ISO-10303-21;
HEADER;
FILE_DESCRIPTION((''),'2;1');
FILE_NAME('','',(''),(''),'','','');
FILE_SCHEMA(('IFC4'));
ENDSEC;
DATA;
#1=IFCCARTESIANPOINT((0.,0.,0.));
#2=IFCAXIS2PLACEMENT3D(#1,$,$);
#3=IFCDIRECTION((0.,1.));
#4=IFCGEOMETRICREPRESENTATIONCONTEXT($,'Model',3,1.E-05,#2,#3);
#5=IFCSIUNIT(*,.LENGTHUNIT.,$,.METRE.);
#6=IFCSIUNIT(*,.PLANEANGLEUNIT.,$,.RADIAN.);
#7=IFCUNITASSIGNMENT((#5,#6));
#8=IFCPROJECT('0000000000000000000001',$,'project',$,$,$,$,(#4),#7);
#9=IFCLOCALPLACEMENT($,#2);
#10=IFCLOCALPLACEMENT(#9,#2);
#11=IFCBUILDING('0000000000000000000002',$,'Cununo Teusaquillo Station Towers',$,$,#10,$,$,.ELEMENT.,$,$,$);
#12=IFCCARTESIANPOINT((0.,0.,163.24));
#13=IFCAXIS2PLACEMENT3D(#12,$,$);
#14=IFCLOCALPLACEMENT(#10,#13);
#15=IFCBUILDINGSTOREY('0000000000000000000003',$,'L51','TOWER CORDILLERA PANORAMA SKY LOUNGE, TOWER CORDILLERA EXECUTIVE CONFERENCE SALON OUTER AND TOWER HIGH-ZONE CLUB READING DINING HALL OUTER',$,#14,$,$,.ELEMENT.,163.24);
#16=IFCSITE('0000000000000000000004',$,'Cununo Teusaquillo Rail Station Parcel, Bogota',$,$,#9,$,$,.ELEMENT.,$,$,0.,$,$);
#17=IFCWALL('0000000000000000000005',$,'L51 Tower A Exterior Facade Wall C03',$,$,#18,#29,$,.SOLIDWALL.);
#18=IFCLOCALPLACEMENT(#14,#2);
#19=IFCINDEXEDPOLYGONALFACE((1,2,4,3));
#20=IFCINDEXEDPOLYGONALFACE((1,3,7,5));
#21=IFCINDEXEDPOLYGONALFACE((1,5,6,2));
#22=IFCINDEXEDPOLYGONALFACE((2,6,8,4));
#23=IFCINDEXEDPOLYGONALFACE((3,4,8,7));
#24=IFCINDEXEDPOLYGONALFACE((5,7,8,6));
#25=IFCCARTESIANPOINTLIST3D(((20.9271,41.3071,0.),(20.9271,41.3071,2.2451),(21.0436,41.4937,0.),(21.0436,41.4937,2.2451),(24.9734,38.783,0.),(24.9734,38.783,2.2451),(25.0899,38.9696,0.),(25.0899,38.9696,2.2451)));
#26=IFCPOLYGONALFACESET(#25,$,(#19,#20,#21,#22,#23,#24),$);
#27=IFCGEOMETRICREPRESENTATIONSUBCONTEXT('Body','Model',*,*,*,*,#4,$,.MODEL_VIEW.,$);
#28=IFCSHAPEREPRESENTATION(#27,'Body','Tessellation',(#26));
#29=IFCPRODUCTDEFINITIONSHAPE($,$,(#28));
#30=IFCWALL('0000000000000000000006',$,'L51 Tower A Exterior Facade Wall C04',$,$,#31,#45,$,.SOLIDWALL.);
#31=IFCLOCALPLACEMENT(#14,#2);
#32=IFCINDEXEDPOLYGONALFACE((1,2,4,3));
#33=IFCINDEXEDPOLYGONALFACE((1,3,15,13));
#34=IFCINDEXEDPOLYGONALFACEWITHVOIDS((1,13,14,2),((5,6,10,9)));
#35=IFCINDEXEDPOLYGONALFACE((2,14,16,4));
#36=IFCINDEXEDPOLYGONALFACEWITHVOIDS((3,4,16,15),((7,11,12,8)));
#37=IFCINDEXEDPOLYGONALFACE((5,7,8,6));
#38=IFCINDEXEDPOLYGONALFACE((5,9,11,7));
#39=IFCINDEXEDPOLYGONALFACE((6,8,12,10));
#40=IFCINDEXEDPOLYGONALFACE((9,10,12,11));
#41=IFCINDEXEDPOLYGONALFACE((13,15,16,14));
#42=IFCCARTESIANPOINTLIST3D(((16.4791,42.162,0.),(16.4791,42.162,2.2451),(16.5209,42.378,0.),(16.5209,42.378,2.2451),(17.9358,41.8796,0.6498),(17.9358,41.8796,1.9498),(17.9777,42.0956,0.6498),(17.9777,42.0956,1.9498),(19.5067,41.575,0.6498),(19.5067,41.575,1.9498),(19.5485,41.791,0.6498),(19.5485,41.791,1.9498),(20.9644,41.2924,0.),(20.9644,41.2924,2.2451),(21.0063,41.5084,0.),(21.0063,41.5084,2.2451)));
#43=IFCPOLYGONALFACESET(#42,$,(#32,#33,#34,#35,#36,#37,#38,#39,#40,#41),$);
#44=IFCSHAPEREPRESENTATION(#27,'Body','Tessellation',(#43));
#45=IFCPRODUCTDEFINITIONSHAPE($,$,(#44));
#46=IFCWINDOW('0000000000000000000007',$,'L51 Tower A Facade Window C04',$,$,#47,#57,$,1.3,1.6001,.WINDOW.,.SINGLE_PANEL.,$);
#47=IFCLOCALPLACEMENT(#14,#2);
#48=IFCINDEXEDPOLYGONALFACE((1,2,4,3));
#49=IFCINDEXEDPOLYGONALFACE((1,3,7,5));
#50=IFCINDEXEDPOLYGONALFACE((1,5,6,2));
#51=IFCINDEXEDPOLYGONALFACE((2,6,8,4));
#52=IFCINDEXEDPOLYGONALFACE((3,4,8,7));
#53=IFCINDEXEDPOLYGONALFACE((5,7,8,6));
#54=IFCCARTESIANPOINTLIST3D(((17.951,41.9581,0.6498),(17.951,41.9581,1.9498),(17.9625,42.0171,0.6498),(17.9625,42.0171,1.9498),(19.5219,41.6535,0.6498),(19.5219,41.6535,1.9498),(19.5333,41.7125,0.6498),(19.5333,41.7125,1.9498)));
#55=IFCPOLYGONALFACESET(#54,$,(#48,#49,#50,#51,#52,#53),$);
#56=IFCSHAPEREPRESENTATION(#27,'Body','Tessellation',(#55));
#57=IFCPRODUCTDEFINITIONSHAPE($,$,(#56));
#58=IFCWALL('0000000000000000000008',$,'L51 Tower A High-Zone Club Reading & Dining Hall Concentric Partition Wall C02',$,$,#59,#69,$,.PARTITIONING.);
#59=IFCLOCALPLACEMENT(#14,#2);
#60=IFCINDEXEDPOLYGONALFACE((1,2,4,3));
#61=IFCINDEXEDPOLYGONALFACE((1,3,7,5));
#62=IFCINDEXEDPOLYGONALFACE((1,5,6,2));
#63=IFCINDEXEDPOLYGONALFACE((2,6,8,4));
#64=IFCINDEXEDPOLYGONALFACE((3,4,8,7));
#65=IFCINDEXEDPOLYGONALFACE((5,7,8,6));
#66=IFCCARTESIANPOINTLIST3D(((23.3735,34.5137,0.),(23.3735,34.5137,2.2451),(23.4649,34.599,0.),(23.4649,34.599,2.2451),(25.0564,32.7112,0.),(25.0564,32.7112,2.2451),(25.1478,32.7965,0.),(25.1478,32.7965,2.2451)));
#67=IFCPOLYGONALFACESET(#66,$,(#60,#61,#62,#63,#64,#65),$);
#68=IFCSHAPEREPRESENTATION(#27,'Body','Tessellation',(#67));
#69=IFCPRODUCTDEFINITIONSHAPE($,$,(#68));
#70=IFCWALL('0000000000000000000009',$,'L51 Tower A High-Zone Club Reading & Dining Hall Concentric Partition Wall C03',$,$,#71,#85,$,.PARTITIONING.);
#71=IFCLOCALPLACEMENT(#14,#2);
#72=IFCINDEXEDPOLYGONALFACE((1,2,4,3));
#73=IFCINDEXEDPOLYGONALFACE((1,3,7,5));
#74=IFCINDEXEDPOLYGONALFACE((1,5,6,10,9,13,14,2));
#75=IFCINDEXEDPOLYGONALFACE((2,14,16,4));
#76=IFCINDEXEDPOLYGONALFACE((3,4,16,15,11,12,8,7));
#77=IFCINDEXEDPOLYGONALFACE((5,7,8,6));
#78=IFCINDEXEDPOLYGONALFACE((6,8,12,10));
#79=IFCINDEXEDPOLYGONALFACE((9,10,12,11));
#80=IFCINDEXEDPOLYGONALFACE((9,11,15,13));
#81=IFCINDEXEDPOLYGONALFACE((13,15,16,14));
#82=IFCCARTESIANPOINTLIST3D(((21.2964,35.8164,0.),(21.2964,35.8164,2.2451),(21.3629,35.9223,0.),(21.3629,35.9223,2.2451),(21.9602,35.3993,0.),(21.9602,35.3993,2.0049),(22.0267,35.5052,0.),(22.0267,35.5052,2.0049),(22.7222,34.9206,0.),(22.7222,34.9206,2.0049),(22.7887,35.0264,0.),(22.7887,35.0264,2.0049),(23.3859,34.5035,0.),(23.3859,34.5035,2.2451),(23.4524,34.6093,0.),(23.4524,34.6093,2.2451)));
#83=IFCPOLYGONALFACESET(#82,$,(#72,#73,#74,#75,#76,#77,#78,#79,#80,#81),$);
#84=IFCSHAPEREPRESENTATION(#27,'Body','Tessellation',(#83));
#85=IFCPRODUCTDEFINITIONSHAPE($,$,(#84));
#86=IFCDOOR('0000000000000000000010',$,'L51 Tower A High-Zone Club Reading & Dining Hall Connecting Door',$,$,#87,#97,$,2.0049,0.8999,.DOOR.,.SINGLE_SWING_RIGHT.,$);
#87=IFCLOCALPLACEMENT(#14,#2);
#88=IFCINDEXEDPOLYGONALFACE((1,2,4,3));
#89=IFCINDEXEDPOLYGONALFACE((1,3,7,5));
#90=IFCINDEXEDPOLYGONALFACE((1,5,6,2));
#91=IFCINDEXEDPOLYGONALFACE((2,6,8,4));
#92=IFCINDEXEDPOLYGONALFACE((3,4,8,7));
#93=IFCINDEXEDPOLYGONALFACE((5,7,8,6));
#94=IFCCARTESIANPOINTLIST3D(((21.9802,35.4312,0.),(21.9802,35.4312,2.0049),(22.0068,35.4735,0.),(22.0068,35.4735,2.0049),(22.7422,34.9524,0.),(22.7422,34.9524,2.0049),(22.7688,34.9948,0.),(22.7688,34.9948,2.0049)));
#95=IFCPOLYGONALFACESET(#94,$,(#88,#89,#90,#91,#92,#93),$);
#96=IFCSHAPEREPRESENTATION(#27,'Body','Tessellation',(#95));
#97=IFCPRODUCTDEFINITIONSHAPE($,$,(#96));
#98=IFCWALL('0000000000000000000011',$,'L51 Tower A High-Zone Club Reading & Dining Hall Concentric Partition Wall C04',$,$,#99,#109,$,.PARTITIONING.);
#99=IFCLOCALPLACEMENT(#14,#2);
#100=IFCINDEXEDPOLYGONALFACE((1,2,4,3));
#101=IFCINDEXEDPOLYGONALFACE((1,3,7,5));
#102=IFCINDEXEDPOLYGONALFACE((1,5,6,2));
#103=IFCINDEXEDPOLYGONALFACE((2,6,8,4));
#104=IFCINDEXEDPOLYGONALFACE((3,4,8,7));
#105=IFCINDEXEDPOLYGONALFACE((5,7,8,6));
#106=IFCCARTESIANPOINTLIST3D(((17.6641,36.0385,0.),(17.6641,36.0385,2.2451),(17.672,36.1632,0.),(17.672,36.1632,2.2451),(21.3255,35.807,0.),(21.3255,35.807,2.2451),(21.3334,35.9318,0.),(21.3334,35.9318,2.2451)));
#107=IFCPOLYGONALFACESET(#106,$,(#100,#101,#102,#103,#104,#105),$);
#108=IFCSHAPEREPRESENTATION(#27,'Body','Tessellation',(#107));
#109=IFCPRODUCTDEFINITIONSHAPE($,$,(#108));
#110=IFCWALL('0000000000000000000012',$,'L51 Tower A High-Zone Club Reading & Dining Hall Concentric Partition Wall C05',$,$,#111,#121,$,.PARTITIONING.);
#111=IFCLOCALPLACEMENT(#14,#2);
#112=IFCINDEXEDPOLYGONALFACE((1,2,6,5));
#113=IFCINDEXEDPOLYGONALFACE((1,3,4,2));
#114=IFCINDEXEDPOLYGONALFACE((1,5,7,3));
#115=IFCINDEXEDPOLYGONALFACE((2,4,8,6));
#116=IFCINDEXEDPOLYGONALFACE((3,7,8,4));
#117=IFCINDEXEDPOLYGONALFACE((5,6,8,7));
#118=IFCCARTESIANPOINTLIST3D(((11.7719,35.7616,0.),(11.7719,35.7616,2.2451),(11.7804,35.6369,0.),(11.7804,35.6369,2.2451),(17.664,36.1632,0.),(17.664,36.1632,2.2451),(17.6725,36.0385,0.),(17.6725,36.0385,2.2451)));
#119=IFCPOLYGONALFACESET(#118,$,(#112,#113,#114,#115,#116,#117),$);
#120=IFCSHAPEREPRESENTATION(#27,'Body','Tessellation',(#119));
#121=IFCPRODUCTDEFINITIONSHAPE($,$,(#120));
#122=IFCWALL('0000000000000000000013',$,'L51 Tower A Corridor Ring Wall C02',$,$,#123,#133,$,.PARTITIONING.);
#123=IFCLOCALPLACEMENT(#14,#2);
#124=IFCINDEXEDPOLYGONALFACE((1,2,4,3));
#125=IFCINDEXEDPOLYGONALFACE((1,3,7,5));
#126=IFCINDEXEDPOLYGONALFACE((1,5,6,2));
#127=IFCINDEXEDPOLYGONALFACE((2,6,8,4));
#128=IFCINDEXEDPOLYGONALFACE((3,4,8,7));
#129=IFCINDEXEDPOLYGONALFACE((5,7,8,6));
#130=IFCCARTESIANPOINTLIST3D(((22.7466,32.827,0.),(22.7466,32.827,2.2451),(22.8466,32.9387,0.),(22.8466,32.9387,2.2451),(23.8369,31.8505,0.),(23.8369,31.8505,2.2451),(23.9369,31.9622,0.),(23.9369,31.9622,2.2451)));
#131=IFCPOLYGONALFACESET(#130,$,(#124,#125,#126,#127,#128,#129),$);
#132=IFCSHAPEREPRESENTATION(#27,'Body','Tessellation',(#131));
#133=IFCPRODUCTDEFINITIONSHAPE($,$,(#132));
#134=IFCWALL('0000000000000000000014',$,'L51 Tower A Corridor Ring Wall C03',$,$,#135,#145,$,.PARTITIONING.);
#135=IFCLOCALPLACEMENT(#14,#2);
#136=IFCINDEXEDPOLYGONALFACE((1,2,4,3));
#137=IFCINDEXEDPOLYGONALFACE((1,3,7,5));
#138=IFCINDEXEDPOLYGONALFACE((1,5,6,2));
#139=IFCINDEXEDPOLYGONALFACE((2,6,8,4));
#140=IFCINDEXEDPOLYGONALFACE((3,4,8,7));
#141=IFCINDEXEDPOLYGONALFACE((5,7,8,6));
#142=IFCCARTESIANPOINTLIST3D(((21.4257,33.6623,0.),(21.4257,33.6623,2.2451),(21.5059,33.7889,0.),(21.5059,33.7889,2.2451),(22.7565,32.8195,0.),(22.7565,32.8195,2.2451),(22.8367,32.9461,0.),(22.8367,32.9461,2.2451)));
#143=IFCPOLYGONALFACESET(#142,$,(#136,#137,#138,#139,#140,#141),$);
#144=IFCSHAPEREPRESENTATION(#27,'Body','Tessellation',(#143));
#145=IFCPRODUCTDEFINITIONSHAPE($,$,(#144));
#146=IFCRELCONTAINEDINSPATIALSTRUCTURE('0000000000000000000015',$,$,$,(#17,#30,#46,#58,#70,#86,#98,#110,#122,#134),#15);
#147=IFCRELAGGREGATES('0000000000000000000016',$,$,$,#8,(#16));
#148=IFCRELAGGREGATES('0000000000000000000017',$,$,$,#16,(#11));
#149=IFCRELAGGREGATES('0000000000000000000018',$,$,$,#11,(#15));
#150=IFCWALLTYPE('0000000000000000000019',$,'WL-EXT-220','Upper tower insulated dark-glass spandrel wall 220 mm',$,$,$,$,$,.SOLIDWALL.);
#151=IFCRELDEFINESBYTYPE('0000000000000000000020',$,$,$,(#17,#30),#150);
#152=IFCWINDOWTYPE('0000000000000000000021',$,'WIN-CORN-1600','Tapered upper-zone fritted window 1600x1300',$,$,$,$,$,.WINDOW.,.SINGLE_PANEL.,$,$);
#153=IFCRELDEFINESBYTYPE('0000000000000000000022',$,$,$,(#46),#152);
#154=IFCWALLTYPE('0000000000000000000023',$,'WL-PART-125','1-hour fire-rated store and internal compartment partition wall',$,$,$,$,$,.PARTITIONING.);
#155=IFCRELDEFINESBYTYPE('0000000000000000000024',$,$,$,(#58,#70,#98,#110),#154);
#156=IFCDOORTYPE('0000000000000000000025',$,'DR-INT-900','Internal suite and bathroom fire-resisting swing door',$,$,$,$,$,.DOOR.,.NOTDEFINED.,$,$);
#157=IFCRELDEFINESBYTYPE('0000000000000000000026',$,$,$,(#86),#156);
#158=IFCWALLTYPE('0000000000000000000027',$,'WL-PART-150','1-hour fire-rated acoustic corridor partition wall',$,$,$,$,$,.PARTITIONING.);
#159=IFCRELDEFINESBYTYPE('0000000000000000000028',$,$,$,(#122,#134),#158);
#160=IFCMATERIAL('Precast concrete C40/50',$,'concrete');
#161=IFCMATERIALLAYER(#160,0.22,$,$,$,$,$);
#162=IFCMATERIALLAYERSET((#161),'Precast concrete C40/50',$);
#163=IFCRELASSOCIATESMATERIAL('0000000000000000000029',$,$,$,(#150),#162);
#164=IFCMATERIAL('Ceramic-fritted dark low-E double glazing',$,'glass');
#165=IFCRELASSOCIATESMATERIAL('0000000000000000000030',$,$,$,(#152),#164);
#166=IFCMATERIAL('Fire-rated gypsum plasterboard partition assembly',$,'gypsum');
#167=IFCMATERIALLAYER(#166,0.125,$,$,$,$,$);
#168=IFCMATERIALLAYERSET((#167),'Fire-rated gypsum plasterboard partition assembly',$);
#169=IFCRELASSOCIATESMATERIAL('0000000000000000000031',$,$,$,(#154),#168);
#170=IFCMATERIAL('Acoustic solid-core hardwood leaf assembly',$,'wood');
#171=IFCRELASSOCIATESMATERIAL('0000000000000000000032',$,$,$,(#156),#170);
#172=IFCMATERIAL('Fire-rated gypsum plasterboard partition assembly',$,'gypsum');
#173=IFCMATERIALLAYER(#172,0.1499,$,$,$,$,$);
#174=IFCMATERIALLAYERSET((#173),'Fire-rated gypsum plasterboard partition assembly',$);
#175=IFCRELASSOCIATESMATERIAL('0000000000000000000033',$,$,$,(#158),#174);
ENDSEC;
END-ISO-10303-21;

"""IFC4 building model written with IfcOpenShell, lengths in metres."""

from ifc_helpers import new_model, si_unit, direction, frame, frame_2d, origin, place, context, subcontext, project, spatial, rectangle, extrude, source, transform, mapped, material, layer, layer_set, type_object, element, fill, save


model = new_model("IFC4")

# Units and contexts
model_context = context("Model", 3, precision=1e-05, world=origin(), true_north=direction((0.0, 1.0)))
body_context = subcontext(model_context, "Body", "Model", "MODEL_VIEW")
ifc_project = project(units=[si_unit("LENGTHUNIT", "METRE"), si_unit("PLANEANGLEUNIT", "RADIAN")], contexts=[model_context])

# Site, building, storey
site_placement = place(None, origin())
site = spatial("IfcSite", under=ifc_project, at=site_placement, Name="Cununo Teusaquillo Rail Station Parcel, Bogota", CompositionType="ELEMENT", RefElevation=0.0)
building_placement = place(site_placement, origin())
building = spatial("IfcBuilding", under=site, at=building_placement, Name="Cununo Teusaquillo Station Towers", CompositionType="ELEMENT")
storey_placement = place(building_placement, frame((0.0, 0.0, 163.24)))
storey = spatial("IfcBuildingStorey", under=building, at=storey_placement, Name="L51", Description="TOWER CORDILLERA PANORAMA SKY LOUNGE, TOWER CORDILLERA EXECUTIVE CONFERENCE SALON OUTER AND TOWER HIGH-ZONE CLUB READING DINING HALL OUTER", CompositionType="ELEMENT", Elevation=163.24)

# Shared definitions
ifc_material_1 = material(Name="Precast concrete C40/50", Category="concrete")
ifc_layer_1 = layer(ifc_material_1, 0.22)
ifc_layer_set_1 = layer_set([ifc_layer_1], Name="Precast concrete C40/50")
wall_type_1 = type_object("IfcWallType", Name="WL-EXT-220", Description="Upper tower insulated dark-glass spandrel wall 220 mm", PredefinedType="SOLIDWALL", material=ifc_layer_set_1)

# Shared definitions
shared_shape_1 = source(origin(), body_context, "Body", "SweptSolid", [
    extrude(rectangle(XDim=1.6001, YDim=1.3, at=frame_2d((0.8, 0.6499))), frame((0.0, 0.1199, 0.0), z_axis=(0.0, -1.0, 0.0), x_axis=(1.0, 0.0, 0.0)), (0.0, 0.0, 1.0), 0.24),
])
ifc_material_2 = material(Name="Ceramic-fritted dark low-E double glazing", Category="glass")
window_type = type_object("IfcWindowType", Name="WIN-CORN-1600", Description="Tapered upper-zone fritted window 1600x1300", PartitioningType="SINGLE_PANEL", PredefinedType="WINDOW", material=ifc_material_2)
shared_shape_2 = source(origin(), body_context, "Body", "SweptSolid", [
    extrude(rectangle(XDim=1.6001, YDim=1.3, at=frame_2d((0.8, 0.6499))), frame((0.0, 0.03, 0.0), z_axis=(0.0, -1.0, 0.0), x_axis=(1.0, 0.0, 0.0)), (0.0, 0.0, 1.0), 0.0601),
])

# Wall
wall_1_placement = place(storey_placement, frame((20.9854, 41.4004, 0.0), z_axis=(0.0, 0.0, 1.0), x_axis=(0.848452, -0.529272, 0.0)))
element("IfcWall", 1, at=wall_1_placement, inside=storey, type_object=wall_type_1, Name="L51 Tower A Exterior Facade Wall C03", PredefinedType="SOLIDWALL", context=body_context, shape_type="SweptSolid", body=[
    extrude(rectangle(XDim=4.769, YDim=0.22, at=frame_2d((2.3845, 0.0))), origin(), (0.0, 0.0, 1.0), 2.2451),
])

# Wall, opening, window
wall_2_placement = place(storey_placement, frame((16.5, 42.27, 0.0), z_axis=(0.0, 0.0, 1.0), x_axis=(0.981719, -0.190338, 0.0)))
wall_2 = element("IfcWall", 2, at=wall_2_placement, inside=storey, type_object=wall_type_1, Name="L51 Tower A Exterior Facade Wall C04", PredefinedType="SOLIDWALL", context=body_context, shape_type="SweptSolid", body=[
    extrude(rectangle(XDim=4.5688, YDim=0.22, at=frame_2d((2.2844, 0.0))), origin(), (0.0, 0.0, 1.0), 2.2451),
])
opening_1_placement = place(wall_2_placement, frame((1.4839, 0.0, 0.6499)))
opening_1 = element("IfcOpeningElement", 3, at=opening_1_placement, cuts=wall_2, PredefinedType="OPENING", context=body_context, shape_type="MappedRepresentation", body=[
    mapped(shared_shape_1, transform((0.0, 0.0, 0.0), x_axis=(1.0, 0.0, 0.0), y_axis=(0.0, 1.0, 0.0), z_axis=(0.0, 0.0, 1.0), scale=1.0)),
])
window_1_placement = place(opening_1_placement, origin())
window_1 = element("IfcWindow", 4, at=window_1_placement, inside=storey, type_object=window_type, Name="L51 Tower A Facade Window C04", OverallHeight=1.3, OverallWidth=1.6001, PartitioningType="SINGLE_PANEL", PredefinedType="WINDOW", context=body_context, shape_type="MappedRepresentation", body=[
    mapped(shared_shape_2, transform((0.0, 0.0, 0.0), x_axis=(1.0, 0.0, 0.0), y_axis=(0.0, 1.0, 0.0), z_axis=(0.0, 0.0, 1.0), scale=1.0)),
])
fill(opening_1, window_1)

# Wall
ifc_material_3 = material(Name="Fire-rated gypsum plasterboard partition assembly", Category="gypsum")
ifc_layer_2 = layer(ifc_material_3, 0.125)
ifc_layer_set_2 = layer_set([ifc_layer_2], Name="Fire-rated gypsum plasterboard partition assembly")
wall_type_2 = type_object("IfcWallType", Name="WL-PART-125", Description="1-hour fire-rated store and internal compartment partition wall", PredefinedType="PARTITIONING", material=ifc_layer_set_2)
wall_3_placement = place(storey_placement, frame((25.1021, 32.7539, 0.0), z_axis=(0.0, 0.0, 1.0), x_axis=(-0.682435, 0.730947, 0.0)))
element("IfcWall", 5, at=wall_3_placement, inside=storey, type_object=wall_type_2, Name="L51 Tower A High-Zone Club Reading & Dining Hall Concentric Partition Wall C02", PredefinedType="PARTITIONING", context=body_context, shape_type="SweptSolid", body=[
    extrude(rectangle(XDim=2.4661, YDim=0.125, at=frame_2d((1.2329, 0.0))), origin(), (0.0, 0.0, 1.0), 2.2451),
])

# Wall, opening, door
wall_4_placement = place(storey_placement, frame((23.4192, 34.5564, 0.0), z_axis=(0.0, 0.0, 1.0), x_axis=(-0.846723, 0.532034, 0.0)))
wall_4 = element("IfcWall", 6, at=wall_4_placement, inside=storey, type_object=wall_type_2, Name="L51 Tower A High-Zone Club Reading & Dining Hall Concentric Partition Wall C03", PredefinedType="PARTITIONING", context=body_context, shape_type="SweptSolid", body=[
    extrude(rectangle(XDim=2.4678, YDim=0.125, at=frame_2d((1.2339, 0.0))), origin(), (0.0, 0.0, 1.0), 2.2451),
])
shared_shape_3 = source(origin(), body_context, "Body", "SweptSolid", [
    extrude(rectangle(XDim=0.8999, YDim=2.0049, at=frame_2d((0.45, 1.0024))), frame((0.0, 0.0725, 0.0), z_axis=(0.0, -1.0, 0.0), x_axis=(1.0, 0.0, 0.0)), (0.0, 0.0, 1.0), 0.145),
])
opening_2_placement = place(wall_4_placement, frame((0.7839, 0.0, 0.0)))
opening_2 = element("IfcOpeningElement", 7, at=opening_2_placement, cuts=wall_4, PredefinedType="OPENING", context=body_context, shape_type="MappedRepresentation", body=[
    mapped(shared_shape_3, transform((0.0, 0.0, 0.0), x_axis=(1.0, 0.0, 0.0), y_axis=(0.0, 1.0, 0.0), z_axis=(0.0, 0.0, 1.0), scale=1.0)),
])
ifc_material_4 = material(Name="Acoustic solid-core hardwood leaf assembly", Category="wood")
door_type_1 = type_object("IfcDoorType", Name="DR-INT-900", Description="Internal suite and bathroom fire-resisting swing door", OperationType="NOTDEFINED", PredefinedType="DOOR", material=ifc_material_4)
shared_shape_4 = source(origin(), body_context, "Body", "SweptSolid", [
    extrude(rectangle(XDim=0.8999, YDim=2.0049, at=frame_2d((0.45, 1.0024))), frame((0.0, 0.0249, 0.0), z_axis=(0.0, -1.0, 0.0), x_axis=(1.0, 0.0, 0.0)), (0.0, 0.0, 1.0), 0.05),
])
door_1_placement = place(opening_2_placement, origin())
door_1 = element("IfcDoor", 8, at=door_1_placement, inside=storey, type_object=door_type_1, Name="L51 Tower A High-Zone Club Reading & Dining Hall Connecting Door", OperationType="SINGLE_SWING_RIGHT", OverallHeight=2.0049, OverallWidth=0.8999, PredefinedType="DOOR", context=body_context, shape_type="MappedRepresentation", body=[
    mapped(shared_shape_4, transform((0.0, 0.0, 0.0), x_axis=(1.0, 0.0, 0.0), y_axis=(0.0, 1.0, 0.0), z_axis=(0.0, 0.0, 1.0), scale=1.0)),
])
fill(opening_2, door_1)

# Walls
wall_5_placement = place(storey_placement, frame((21.3296, 35.8694, 0.0), z_axis=(0.0, 0.0, 1.0), x_axis=(-0.998008, 0.063087, 0.0)))
element("IfcWall", 9, at=wall_5_placement, inside=storey, type_object=wall_type_2, Name="L51 Tower A High-Zone Club Reading & Dining Hall Concentric Partition Wall C04", PredefinedType="PARTITIONING", context=body_context, shape_type="SweptSolid", body=[
    extrude(rectangle(XDim=3.6687, YDim=0.125, at=frame_2d((1.8345, 0.0))), origin(), (0.0, 0.0, 1.0), 2.2451),
])
wall_6_placement = place(storey_placement, frame((17.6682, 36.1008, 0.0), z_axis=(0.0, 0.0, 1.0), x_axis=(-0.997685, -0.068003, 0.0)))
element("IfcWall", 10, at=wall_6_placement, inside=storey, type_object=wall_type_2, Name="L51 Tower A High-Zone Club Reading & Dining Hall Concentric Partition Wall C05", PredefinedType="PARTITIONING", context=body_context, shape_type="SweptSolid", body=[
    extrude(rectangle(XDim=5.9058, YDim=0.125, at=frame_2d((2.9529, 0.0))), origin(), (0.0, 0.0, 1.0), 2.2451),
])
ifc_material_5 = material(Name="Fire-rated gypsum plasterboard partition assembly", Category="gypsum")
ifc_layer_3 = layer(ifc_material_5, 0.1499)
ifc_layer_set_3 = layer_set([ifc_layer_3], Name="Fire-rated gypsum plasterboard partition assembly")
wall_type_3 = type_object("IfcWallType", Name="WL-PART-150", Description="1-hour fire-rated acoustic corridor partition wall", PredefinedType="PARTITIONING", material=ifc_layer_set_3)
wall_7_placement = place(storey_placement, frame((23.887, 31.9062, 0.0), z_axis=(0.0, 0.0, 1.0), x_axis=(-0.744901, 0.667175, 0.0)))
element("IfcWall", 11, at=wall_7_placement, inside=storey, type_object=wall_type_3, Name="L51 Tower A Corridor Ring Wall C02", PredefinedType="PARTITIONING", context=body_context, shape_type="SweptSolid", body=[
    extrude(rectangle(XDim=1.4636, YDim=0.1499, at=frame_2d((0.7319, 0.0))), origin(), (0.0, 0.0, 1.0), 2.2451),
])
wall_8_placement = place(storey_placement, frame((22.7966, 32.8828, 0.0), z_axis=(0.0, 0.0, 1.0), x_axis=(-0.84484, 0.535019, 0.0)))
element("IfcWall", 12, at=wall_8_placement, inside=storey, type_object=wall_type_3, Name="L51 Tower A Corridor Ring Wall C03", PredefinedType="PARTITIONING", context=body_context, shape_type="SweptSolid", body=[
    extrude(rectangle(XDim=1.5752, YDim=0.1499, at=frame_2d((0.7876, 0.0))), origin(), (0.0, 0.0, 1.0), 2.2451),
])

save(model, "model.ifc")
